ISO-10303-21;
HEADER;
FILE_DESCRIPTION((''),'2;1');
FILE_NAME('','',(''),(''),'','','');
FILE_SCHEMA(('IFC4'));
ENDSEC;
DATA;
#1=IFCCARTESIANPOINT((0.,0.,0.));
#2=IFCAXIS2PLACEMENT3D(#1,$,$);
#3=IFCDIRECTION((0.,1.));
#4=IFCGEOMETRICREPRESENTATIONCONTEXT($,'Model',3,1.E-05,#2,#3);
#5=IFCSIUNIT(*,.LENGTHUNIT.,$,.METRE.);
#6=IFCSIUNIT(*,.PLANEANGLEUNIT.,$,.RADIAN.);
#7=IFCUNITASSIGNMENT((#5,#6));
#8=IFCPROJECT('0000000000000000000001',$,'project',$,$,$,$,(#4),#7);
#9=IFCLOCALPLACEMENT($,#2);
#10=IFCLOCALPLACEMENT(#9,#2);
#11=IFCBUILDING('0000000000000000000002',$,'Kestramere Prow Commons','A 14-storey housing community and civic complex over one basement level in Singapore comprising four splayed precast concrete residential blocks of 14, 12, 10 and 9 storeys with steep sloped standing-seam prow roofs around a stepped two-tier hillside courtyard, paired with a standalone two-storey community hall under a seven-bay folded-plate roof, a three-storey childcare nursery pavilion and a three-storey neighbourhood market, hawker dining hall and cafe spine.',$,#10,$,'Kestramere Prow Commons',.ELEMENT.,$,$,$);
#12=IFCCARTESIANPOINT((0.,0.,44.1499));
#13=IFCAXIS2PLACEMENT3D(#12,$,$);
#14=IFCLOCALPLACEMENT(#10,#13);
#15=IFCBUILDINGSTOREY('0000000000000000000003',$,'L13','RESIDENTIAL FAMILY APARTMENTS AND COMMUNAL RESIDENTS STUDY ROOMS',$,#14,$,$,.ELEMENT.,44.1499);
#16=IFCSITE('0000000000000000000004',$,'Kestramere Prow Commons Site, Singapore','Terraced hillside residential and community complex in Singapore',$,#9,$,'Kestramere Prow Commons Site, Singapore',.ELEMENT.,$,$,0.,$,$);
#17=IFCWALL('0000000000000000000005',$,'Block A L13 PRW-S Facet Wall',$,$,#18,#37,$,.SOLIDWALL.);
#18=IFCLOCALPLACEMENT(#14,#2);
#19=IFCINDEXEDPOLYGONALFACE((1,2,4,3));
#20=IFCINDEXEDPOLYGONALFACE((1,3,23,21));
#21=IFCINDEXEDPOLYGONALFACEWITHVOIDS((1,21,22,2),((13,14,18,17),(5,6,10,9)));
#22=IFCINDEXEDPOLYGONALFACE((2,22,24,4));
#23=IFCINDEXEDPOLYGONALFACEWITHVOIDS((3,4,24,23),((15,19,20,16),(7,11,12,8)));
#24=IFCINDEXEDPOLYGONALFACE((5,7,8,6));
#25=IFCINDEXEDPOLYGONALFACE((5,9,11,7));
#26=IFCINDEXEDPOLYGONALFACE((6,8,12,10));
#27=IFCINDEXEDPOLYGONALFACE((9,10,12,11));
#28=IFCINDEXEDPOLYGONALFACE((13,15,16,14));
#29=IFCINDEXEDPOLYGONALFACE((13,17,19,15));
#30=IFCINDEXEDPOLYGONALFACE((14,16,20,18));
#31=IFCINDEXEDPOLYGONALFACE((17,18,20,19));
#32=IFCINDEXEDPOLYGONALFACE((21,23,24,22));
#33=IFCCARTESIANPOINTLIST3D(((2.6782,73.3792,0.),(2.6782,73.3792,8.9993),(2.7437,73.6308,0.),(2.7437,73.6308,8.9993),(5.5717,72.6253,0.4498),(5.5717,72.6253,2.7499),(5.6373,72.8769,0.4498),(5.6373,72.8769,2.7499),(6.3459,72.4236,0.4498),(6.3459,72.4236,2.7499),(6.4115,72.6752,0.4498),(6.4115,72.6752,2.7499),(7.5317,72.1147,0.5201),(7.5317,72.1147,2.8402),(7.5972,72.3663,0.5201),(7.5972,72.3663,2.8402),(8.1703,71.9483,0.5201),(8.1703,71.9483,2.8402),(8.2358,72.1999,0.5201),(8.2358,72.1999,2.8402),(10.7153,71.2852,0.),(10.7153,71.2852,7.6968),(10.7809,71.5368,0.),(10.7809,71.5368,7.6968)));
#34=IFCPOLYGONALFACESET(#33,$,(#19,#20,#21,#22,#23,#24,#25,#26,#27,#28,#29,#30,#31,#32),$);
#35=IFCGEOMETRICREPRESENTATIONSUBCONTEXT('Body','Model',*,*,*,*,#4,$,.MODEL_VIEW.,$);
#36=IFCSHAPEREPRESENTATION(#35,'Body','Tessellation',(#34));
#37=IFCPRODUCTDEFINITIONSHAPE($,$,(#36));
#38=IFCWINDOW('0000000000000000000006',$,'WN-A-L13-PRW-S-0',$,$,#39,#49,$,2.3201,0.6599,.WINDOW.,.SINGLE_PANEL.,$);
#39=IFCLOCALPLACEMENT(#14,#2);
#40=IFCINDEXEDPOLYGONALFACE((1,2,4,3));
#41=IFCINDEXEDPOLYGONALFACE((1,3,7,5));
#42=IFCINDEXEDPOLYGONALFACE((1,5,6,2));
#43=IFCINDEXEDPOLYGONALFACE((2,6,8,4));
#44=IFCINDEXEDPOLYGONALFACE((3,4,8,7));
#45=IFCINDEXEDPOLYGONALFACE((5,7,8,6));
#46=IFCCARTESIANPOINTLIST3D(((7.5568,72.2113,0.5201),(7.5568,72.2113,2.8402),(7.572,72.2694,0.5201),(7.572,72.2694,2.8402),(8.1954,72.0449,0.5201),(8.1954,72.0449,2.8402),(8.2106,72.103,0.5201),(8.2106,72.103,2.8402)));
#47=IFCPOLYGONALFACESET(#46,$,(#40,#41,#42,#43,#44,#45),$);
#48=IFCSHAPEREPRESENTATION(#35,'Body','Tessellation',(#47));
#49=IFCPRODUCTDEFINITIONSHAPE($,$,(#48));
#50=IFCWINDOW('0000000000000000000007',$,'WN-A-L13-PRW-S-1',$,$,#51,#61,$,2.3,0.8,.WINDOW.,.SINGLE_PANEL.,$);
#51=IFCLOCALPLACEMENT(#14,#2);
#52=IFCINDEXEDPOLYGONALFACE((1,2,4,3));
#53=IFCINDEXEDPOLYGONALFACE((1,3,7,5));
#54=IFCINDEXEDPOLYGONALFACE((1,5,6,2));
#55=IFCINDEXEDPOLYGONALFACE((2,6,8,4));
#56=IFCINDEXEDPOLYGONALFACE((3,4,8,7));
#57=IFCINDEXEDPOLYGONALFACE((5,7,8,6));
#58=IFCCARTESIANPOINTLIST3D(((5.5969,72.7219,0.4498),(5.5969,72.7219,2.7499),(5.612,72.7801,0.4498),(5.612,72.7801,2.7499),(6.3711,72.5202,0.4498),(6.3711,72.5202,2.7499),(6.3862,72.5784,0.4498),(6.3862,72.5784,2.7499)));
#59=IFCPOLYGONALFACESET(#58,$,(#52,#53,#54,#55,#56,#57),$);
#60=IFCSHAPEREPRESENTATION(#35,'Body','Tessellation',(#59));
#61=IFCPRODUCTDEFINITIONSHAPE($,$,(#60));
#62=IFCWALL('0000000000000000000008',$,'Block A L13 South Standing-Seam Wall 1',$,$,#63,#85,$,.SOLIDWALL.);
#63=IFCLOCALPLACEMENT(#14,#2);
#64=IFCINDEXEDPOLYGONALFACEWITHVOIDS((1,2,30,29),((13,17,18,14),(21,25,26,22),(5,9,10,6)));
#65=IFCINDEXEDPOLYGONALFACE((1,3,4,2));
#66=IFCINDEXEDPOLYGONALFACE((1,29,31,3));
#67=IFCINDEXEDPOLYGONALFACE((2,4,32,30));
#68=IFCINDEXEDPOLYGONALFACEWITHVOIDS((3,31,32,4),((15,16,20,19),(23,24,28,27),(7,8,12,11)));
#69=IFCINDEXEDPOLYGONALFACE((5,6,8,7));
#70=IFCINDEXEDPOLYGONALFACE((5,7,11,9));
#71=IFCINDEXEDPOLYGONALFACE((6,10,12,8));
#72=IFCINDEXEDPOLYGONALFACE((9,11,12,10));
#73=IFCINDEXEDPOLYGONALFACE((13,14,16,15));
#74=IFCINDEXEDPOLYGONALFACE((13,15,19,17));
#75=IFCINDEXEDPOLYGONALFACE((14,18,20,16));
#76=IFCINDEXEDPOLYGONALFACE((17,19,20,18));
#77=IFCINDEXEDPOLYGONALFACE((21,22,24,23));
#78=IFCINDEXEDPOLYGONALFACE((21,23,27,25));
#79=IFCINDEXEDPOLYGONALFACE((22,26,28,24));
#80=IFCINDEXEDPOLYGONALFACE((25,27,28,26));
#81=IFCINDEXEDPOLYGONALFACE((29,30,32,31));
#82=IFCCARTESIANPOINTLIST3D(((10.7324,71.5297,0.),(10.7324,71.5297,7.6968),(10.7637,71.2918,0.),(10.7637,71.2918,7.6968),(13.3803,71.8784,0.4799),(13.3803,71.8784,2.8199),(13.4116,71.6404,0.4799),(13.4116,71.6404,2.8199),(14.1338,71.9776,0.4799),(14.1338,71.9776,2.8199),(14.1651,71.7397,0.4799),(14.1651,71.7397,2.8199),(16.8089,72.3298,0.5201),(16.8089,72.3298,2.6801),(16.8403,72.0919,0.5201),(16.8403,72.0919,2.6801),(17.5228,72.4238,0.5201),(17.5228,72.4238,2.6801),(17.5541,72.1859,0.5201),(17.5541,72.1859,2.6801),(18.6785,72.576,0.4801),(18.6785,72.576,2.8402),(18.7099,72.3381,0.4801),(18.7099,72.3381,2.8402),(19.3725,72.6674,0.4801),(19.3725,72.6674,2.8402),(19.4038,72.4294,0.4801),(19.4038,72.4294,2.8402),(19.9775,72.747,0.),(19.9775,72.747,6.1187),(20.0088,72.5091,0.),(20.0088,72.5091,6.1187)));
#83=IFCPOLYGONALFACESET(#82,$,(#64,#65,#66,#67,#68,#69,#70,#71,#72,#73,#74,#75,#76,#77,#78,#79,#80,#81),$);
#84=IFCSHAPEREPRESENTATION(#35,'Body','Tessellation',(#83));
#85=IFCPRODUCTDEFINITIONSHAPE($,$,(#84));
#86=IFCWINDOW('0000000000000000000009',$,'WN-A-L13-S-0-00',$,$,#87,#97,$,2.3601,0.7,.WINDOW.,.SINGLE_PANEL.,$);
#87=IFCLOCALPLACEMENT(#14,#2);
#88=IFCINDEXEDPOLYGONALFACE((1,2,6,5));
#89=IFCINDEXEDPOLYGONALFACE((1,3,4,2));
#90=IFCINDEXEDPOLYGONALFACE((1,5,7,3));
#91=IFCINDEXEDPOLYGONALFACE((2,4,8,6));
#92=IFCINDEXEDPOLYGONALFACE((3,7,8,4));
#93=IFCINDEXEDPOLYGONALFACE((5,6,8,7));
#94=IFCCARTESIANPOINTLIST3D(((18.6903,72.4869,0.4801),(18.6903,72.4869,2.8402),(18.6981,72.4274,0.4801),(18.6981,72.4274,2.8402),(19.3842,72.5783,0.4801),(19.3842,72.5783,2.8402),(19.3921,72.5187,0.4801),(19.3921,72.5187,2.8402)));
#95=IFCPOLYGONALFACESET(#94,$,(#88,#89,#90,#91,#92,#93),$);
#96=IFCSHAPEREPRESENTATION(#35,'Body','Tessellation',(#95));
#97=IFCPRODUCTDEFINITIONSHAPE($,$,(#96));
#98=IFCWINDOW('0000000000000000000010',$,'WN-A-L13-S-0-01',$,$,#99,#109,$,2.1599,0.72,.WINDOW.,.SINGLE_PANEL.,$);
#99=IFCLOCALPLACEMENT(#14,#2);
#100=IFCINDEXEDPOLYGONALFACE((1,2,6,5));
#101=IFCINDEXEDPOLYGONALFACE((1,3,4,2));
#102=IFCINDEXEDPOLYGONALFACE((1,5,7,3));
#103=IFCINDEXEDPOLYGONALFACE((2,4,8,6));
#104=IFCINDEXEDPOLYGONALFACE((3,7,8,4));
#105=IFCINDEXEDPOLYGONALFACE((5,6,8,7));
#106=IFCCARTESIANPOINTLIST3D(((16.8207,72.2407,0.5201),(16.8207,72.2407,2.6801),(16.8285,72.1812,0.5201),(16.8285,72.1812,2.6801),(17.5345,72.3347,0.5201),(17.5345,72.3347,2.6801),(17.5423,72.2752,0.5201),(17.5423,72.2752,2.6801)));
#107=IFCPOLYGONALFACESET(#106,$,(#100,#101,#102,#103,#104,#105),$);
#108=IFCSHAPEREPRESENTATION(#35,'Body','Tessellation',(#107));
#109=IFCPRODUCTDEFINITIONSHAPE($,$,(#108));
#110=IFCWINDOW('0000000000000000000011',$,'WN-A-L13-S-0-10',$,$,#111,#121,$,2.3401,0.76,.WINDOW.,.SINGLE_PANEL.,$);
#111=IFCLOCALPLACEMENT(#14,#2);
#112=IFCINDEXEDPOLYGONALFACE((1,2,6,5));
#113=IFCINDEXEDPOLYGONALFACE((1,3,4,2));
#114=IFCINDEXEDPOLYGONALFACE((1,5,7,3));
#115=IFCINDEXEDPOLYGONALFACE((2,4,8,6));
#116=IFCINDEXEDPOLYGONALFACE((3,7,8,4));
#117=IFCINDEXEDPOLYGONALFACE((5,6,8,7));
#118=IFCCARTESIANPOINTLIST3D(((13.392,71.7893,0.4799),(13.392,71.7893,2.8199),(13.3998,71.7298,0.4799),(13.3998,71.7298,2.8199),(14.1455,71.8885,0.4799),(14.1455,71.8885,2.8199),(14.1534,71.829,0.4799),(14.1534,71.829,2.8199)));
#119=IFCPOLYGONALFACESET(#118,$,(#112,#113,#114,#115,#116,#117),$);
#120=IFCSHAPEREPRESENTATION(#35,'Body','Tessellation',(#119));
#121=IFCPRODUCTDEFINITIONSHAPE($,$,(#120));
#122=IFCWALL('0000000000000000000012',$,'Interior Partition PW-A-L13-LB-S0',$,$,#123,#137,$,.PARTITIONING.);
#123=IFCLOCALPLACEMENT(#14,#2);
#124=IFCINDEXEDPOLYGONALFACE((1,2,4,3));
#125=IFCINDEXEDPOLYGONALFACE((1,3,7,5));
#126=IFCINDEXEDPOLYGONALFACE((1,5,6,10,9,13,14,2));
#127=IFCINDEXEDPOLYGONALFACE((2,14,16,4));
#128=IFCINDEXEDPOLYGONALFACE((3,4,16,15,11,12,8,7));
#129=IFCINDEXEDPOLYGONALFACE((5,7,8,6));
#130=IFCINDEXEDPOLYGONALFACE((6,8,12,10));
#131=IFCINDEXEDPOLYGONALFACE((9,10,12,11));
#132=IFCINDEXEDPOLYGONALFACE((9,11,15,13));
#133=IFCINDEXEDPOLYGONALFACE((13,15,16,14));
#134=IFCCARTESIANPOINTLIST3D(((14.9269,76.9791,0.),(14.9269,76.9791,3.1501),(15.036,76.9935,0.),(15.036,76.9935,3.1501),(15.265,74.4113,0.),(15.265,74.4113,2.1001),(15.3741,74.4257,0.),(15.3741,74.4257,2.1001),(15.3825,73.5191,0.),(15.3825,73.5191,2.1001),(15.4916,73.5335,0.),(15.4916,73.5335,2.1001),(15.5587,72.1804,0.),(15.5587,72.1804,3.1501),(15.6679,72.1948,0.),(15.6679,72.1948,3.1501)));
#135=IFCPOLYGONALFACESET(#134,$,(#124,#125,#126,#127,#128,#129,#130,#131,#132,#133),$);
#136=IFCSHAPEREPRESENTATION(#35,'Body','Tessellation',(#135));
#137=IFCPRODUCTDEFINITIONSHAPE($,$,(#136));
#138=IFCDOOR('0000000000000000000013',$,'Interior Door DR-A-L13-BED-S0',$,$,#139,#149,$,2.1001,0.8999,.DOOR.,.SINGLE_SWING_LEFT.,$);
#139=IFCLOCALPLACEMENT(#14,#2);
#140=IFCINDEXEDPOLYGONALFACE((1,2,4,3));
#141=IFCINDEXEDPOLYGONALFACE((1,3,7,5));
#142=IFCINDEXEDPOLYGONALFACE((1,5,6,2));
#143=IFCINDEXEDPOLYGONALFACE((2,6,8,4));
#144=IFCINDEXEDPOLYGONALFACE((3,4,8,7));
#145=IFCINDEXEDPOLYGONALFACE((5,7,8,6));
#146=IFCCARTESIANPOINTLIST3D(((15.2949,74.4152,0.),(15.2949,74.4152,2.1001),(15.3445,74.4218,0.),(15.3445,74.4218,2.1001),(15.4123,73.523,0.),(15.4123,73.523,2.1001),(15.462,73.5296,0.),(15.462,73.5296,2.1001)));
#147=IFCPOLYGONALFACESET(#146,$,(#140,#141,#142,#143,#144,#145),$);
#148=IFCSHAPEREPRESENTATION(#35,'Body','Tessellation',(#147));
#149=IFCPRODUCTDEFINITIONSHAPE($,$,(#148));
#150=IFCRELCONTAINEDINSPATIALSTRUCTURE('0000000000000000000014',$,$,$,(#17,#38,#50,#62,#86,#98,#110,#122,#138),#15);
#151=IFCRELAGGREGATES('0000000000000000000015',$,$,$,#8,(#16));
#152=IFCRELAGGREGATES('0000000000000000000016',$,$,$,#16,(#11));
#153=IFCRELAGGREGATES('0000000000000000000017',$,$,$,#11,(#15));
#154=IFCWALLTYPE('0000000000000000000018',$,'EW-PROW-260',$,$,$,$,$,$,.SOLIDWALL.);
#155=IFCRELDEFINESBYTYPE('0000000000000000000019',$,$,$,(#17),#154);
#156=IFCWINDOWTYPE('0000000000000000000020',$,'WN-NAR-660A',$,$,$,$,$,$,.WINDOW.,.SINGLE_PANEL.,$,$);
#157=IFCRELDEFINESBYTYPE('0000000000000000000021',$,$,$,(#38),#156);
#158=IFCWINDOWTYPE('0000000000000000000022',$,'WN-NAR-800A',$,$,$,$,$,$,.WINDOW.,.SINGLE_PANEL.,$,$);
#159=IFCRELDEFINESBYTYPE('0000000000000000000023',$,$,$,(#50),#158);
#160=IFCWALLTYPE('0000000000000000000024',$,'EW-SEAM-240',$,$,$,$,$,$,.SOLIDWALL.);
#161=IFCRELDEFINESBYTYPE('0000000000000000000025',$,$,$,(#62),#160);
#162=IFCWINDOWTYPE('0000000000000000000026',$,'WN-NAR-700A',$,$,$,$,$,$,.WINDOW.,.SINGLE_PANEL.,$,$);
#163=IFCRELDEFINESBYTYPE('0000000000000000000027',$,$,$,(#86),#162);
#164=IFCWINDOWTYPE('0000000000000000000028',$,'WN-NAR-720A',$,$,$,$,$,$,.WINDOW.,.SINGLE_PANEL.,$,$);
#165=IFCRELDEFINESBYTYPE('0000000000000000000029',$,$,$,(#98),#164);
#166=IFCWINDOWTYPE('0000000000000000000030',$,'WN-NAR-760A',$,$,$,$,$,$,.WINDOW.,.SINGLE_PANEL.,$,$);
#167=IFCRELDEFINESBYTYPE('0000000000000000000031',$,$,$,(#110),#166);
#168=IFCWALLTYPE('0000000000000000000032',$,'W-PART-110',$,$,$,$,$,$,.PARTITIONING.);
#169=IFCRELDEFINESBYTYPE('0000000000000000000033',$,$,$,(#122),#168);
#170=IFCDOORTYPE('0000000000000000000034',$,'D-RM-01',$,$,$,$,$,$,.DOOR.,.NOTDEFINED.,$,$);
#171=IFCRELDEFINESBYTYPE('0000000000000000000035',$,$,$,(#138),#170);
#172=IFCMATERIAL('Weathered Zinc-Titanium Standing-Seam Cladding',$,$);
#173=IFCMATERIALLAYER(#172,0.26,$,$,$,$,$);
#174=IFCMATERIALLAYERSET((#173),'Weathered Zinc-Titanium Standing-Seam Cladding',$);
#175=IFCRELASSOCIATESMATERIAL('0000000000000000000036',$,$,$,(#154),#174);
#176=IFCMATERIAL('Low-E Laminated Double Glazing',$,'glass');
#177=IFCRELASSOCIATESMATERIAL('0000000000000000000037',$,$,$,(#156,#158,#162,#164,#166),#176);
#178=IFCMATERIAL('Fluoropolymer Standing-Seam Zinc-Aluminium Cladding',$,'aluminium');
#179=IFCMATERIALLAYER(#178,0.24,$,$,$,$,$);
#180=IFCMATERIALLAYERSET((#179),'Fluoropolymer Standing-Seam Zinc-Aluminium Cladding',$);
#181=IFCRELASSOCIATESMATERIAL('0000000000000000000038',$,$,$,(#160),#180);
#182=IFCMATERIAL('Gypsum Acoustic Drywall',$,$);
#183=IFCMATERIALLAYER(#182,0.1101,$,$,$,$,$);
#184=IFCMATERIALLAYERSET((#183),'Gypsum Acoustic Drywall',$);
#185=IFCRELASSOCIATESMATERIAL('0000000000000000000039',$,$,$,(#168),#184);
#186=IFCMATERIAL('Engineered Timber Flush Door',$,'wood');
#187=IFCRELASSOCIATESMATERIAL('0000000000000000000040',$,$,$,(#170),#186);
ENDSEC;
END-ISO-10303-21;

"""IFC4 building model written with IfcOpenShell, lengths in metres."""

from ifc_helpers import new_model, si_unit, direction, frame, frame_2d, origin, place, context, subcontext, project, spatial, polyline, rectangle, outline, extrude, material, layer, layer_set, type_object, element, fill, save


model = new_model("IFC4")

# Units and contexts
model_context = context("Model", 3, precision=1e-05, world=origin(), true_north=direction((0.0, 1.0)))
body_context = subcontext(model_context, "Body", "Model", "MODEL_VIEW")
ifc_project = project(units=[si_unit("LENGTHUNIT", "METRE"), si_unit("PLANEANGLEUNIT", "RADIAN")], contexts=[model_context])

# Site, building, storey
site_placement = place(None, origin())
site = spatial("IfcSite", under=ifc_project, at=site_placement, Name="Kestramere Prow Commons Site, Singapore", Description="Terraced hillside residential and community complex in Singapore", LongName="Kestramere Prow Commons Site, Singapore", CompositionType="ELEMENT", RefElevation=0.0)
building_placement = place(site_placement, origin())
building = spatial("IfcBuilding", under=site, at=building_placement, Name="Kestramere Prow Commons", Description="A 14-storey housing community and civic complex over one basement level in Singapore comprising four splayed precast concrete residential blocks of 14, 12, 10 and 9 storeys with steep sloped standing-seam prow roofs around a stepped two-tier hillside courtyard, paired with a standalone two-storey community hall under a seven-bay folded-plate roof, a three-storey childcare nursery pavilion and a three-storey neighbourhood market, hawker dining hall and cafe spine.", LongName="Kestramere Prow Commons", CompositionType="ELEMENT")
storey_placement = place(building_placement, frame((0.0, 0.0, 44.1499)))
storey = spatial("IfcBuildingStorey", under=building, at=storey_placement, Name="L13", Description="RESIDENTIAL FAMILY APARTMENTS AND COMMUNAL RESIDENTS STUDY ROOMS", CompositionType="ELEMENT", Elevation=44.1499)

# Walls, openings, windows
ifc_material_1 = material(Name="Weathered Zinc-Titanium Standing-Seam Cladding")
ifc_layer_1 = layer(ifc_material_1, 0.26)
ifc_layer_set_1 = layer_set([ifc_layer_1], Name="Weathered Zinc-Titanium Standing-Seam Cladding")
wall_type_1 = type_object("IfcWallType", Name="EW-PROW-260", PredefinedType="SOLIDWALL", material=ifc_layer_set_1)
wall_1_placement = place(storey_placement, frame((10.748, 71.4109, 0.0), z_axis=(0.0, 0.0, 1.0), x_axis=(-0.967695, 0.252124, 0.0)))
wall_1 = element("IfcWall", 1, at=wall_1_placement, inside=storey, type_object=wall_type_1, Name="Block A L13 PRW-S Facet Wall", PredefinedType="SOLIDWALL", context=body_context, shape_type="SweptSolid", body=[
    extrude(outline(polyline([(0.0, 0.0), (8.3054, 0.0), (8.3054, 8.9993), (0.0, 7.6968), (0.0, 0.0)])), frame((0.0, 0.1299, 0.0), z_axis=(0.0, -1.0, 0.0), x_axis=(1.0, 0.0, 0.0)), (0.0, 0.0, 1.0), 0.26),
])
opening_1_placement = place(wall_1_placement, frame((2.6299, 0.0, 0.52)))
opening_1 = element("IfcOpeningElement", 2, at=opening_1_placement, cuts=wall_1, PredefinedType="OPENING", context=body_context, shape_type="SweptSolid", body=[
    extrude(rectangle(XDim=0.6599, YDim=2.3201, at=frame_2d((0.3301, 1.1602))), frame((0.0, 0.145, 0.0), z_axis=(0.0, -1.0, 0.0), x_axis=(1.0, 0.0, 0.0)), (0.0, 0.0, 1.0), 0.29),
])
opening_2_placement = place(wall_1_placement, frame((4.5154, 0.0, 0.45)))
opening_2 = element("IfcOpeningElement", 3, at=opening_2_placement, cuts=wall_1, PredefinedType="OPENING", context=body_context, shape_type="SweptSolid", body=[
    extrude(rectangle(XDim=0.8, YDim=2.3, at=frame_2d((0.3999, 1.1499))), frame((0.0, 0.145, 0.0), z_axis=(0.0, -1.0, 0.0), x_axis=(1.0, 0.0, 0.0)), (0.0, 0.0, 1.0), 0.29),
])
ifc_material_2 = material(Name="Low-E Laminated Double Glazing", Category="glass")
window_type_1 = type_object("IfcWindowType", Name="WN-NAR-660A", PartitioningType="SINGLE_PANEL", PredefinedType="WINDOW", material=ifc_material_2)
window_1_placement = place(opening_1_placement, origin())
window_1 = element("IfcWindow", 4, at=window_1_placement, inside=storey, type_object=window_type_1, Name="WN-A-L13-PRW-S-0", OverallHeight=2.3201, OverallWidth=0.6599, PartitioningType="SINGLE_PANEL", PredefinedType="WINDOW", context=body_context, shape_type="SweptSolid", body=[
    extrude(rectangle(XDim=0.6599, YDim=2.3201, at=frame_2d((0.3301, 1.1602))), frame((0.0, 0.03, 0.0), z_axis=(0.0, -1.0, 0.0), x_axis=(1.0, 0.0, 0.0)), (0.0, 0.0, 1.0), 0.0601),
])
fill(opening_1, window_1)
window_type_2 = type_object("IfcWindowType", Name="WN-NAR-800A", PartitioningType="SINGLE_PANEL", PredefinedType="WINDOW", material=ifc_material_2)
window_2_placement = place(opening_2_placement, origin())
window_2 = element("IfcWindow", 5, at=window_2_placement, inside=storey, type_object=window_type_2, Name="WN-A-L13-PRW-S-1", OverallHeight=2.3, OverallWidth=0.8, PartitioningType="SINGLE_PANEL", PredefinedType="WINDOW", context=body_context, shape_type="SweptSolid", body=[
    extrude(rectangle(XDim=0.8, YDim=2.3, at=frame_2d((0.3999, 1.1499))), frame((0.0, 0.03, 0.0), z_axis=(0.0, -1.0, 0.0), x_axis=(1.0, 0.0, 0.0)), (0.0, 0.0, 1.0), 0.0601),
])
fill(opening_2, window_2)
ifc_material_3 = material(Name="Fluoropolymer Standing-Seam Zinc-Aluminium Cladding", Category="aluminium")
ifc_layer_2 = layer(ifc_material_3, 0.24)
ifc_layer_set_2 = layer_set([ifc_layer_2], Name="Fluoropolymer Standing-Seam Zinc-Aluminium Cladding")
wall_type_2 = type_object("IfcWallType", Name="EW-SEAM-240", PredefinedType="SOLIDWALL", material=ifc_layer_set_2)
wall_2_placement = place(storey_placement, frame((19.9932, 72.6282, 0.0), z_axis=(0.0, 0.0, 1.0), x_axis=(-0.991443, -0.130541, 0.0)))
wall_2 = element("IfcWall", 6, at=wall_2_placement, inside=storey, type_object=wall_type_2, Name="Block A L13 South Standing-Seam Wall 1", PredefinedType="SOLIDWALL", context=body_context, shape_type="SweptSolid", body=[
    extrude(outline(polyline([(0.0, 0.0), (9.325, 0.0), (9.325, 7.6968), (0.0, 6.1187), (0.0, 0.0)])), frame((0.0, 0.1201, 0.0), z_axis=(0.0, -1.0, 0.0), x_axis=(1.0, 0.0, 0.0)), (0.0, 0.0, 1.0), 0.24),
])
opening_3_placement = place(wall_2_placement, frame((0.6101, 0.0, 0.48)))
opening_3 = element("IfcOpeningElement", 7, at=opening_3_placement, cuts=wall_2, PredefinedType="OPENING", context=body_context, shape_type="SweptSolid", body=[
    extrude(rectangle(XDim=0.7, YDim=2.3601, at=frame_2d((0.3501, 1.1802))), frame((0.0, 0.135, 0.0), z_axis=(0.0, -1.0, 0.0), x_axis=(1.0, 0.0, 0.0)), (0.0, 0.0, 1.0), 0.27),
])
opening_4_placement = place(wall_2_placement, frame((2.4761, 0.0, 0.52)))
opening_4 = element("IfcOpeningElement", 8, at=opening_4_placement, cuts=wall_2, PredefinedType="OPENING", context=body_context, shape_type="SweptSolid", body=[
    extrude(rectangle(XDim=0.72, YDim=2.1599, at=frame_2d((0.3599, 1.0801))), frame((0.0, 0.135, 0.0), z_axis=(0.0, -1.0, 0.0), x_axis=(1.0, 0.0, 0.0)), (0.0, 0.0, 1.0), 0.27),
])
opening_5_placement = place(wall_2_placement, frame((5.8943, 0.0, 0.48)))
opening_5 = element("IfcOpeningElement", 9, at=opening_5_placement, cuts=wall_2, PredefinedType="OPENING", context=body_context, shape_type="SweptSolid", body=[
    extrude(rectangle(XDim=0.76, YDim=2.3401, at=frame_2d((0.3799, 1.1699))), frame((0.0, 0.135, 0.0), z_axis=(0.0, -1.0, 0.0), x_axis=(1.0, 0.0, 0.0)), (0.0, 0.0, 1.0), 0.27),
])
window_type_3 = type_object("IfcWindowType", Name="WN-NAR-700A", PartitioningType="SINGLE_PANEL", PredefinedType="WINDOW", material=ifc_material_2)
window_3_placement = place(opening_3_placement, origin())
window_3 = element("IfcWindow", 10, at=window_3_placement, inside=storey, type_object=window_type_3, Name="WN-A-L13-S-0-00", OverallHeight=2.3601, OverallWidth=0.7, PartitioningType="SINGLE_PANEL", PredefinedType="WINDOW", context=body_context, shape_type="SweptSolid", body=[
    extrude(rectangle(XDim=0.7, YDim=2.3601, at=frame_2d((0.3501, 1.1802))), frame((0.0, 0.03, 0.0), z_axis=(0.0, -1.0, 0.0), x_axis=(1.0, 0.0, 0.0)), (0.0, 0.0, 1.0), 0.0601),
])
fill(opening_3, window_3)
window_type_4 = type_object("IfcWindowType", Name="WN-NAR-720A", PartitioningType="SINGLE_PANEL", PredefinedType="WINDOW", material=ifc_material_2)
window_4_placement = place(opening_4_placement, origin())
window_4 = element("IfcWindow", 11, at=window_4_placement, inside=storey, type_object=window_type_4, Name="WN-A-L13-S-0-01", OverallHeight=2.1599, OverallWidth=0.72, PartitioningType="SINGLE_PANEL", PredefinedType="WINDOW", context=body_context, shape_type="SweptSolid", body=[
    extrude(rectangle(XDim=0.72, YDim=2.1599, at=frame_2d((0.3599, 1.0801))), frame((0.0, 0.03, 0.0), z_axis=(0.0, -1.0, 0.0), x_axis=(1.0, 0.0, 0.0)), (0.0, 0.0, 1.0), 0.0601),
])
fill(opening_4, window_4)
window_type_5 = type_object("IfcWindowType", Name="WN-NAR-760A", PartitioningType="SINGLE_PANEL", PredefinedType="WINDOW", material=ifc_material_2)
window_5_placement = place(opening_5_placement, origin())
window_5 = element("IfcWindow", 12, at=window_5_placement, inside=storey, type_object=window_type_5, Name="WN-A-L13-S-0-10", OverallHeight=2.3401, OverallWidth=0.76, PartitioningType="SINGLE_PANEL", PredefinedType="WINDOW", context=body_context, shape_type="SweptSolid", body=[
    extrude(rectangle(XDim=0.76, YDim=2.3401, at=frame_2d((0.3799, 1.1699))), frame((0.0, 0.03, 0.0), z_axis=(0.0, -1.0, 0.0), x_axis=(1.0, 0.0, 0.0)), (0.0, 0.0, 1.0), 0.0601),
])
fill(opening_5, window_5)

# Wall, opening, door
ifc_material_4 = material(Name="Gypsum Acoustic Drywall")
ifc_layer_3 = layer(ifc_material_4, 0.1101)
ifc_layer_set_3 = layer_set([ifc_layer_3], Name="Gypsum Acoustic Drywall")
wall_type_3 = type_object("IfcWallType", Name="W-PART-110", PredefinedType="PARTITIONING", material=ifc_layer_set_3)
wall_3_placement = place(storey_placement, frame((15.6133, 72.1877, 0.0), z_axis=(0.0, 0.0, 1.0), x_axis=(-0.130545, 0.991442, 0.0)))
wall_3 = element("IfcWall", 13, at=wall_3_placement, inside=storey, type_object=wall_type_3, Name="Interior Partition PW-A-L13-LB-S0", PredefinedType="PARTITIONING", context=body_context, shape_type="SweptSolid", body=[
    extrude(rectangle(XDim=4.8401, YDim=0.1101, at=frame_2d((2.4199, 0.0))), origin(), (0.0, 0.0, 1.0), 3.1501),
])
opening_6_placement = place(wall_3_placement, frame((1.3501, 0.0, 0.0)))
opening_6 = element("IfcOpeningElement", 14, at=opening_6_placement, cuts=wall_3, PredefinedType="OPENING", context=body_context, shape_type="SweptSolid", body=[
    extrude(rectangle(XDim=0.8999, YDim=2.1001, at=frame_2d((0.45, 1.05))), frame((0.0, 0.0701, 0.0), z_axis=(0.0, -1.0, 0.0), x_axis=(1.0, 0.0, 0.0)), (0.0, 0.0, 1.0), 0.1401),
])
ifc_material_5 = material(Name="Engineered Timber Flush Door", Category="wood")
door_type = type_object("IfcDoorType", Name="D-RM-01", OperationType="NOTDEFINED", PredefinedType="DOOR", material=ifc_material_5)
door_placement = place(opening_6_placement, origin())
door = element("IfcDoor", 15, at=door_placement, inside=storey, type_object=door_type, Name="Interior Door DR-A-L13-BED-S0", OperationType="SINGLE_SWING_LEFT", OverallHeight=2.1001, OverallWidth=0.8999, PredefinedType="DOOR", context=body_context, shape_type="SweptSolid", body=[
    extrude(rectangle(XDim=0.8999, YDim=2.1001, at=frame_2d((0.45, 1.05))), frame((0.0, 0.0249, 0.0), z_axis=(0.0, -1.0, 0.0), x_axis=(1.0, 0.0, 0.0)), (0.0, 0.0, 1.0), 0.05),
])
fill(opening_6, door)

save(model, "model.ifc")
